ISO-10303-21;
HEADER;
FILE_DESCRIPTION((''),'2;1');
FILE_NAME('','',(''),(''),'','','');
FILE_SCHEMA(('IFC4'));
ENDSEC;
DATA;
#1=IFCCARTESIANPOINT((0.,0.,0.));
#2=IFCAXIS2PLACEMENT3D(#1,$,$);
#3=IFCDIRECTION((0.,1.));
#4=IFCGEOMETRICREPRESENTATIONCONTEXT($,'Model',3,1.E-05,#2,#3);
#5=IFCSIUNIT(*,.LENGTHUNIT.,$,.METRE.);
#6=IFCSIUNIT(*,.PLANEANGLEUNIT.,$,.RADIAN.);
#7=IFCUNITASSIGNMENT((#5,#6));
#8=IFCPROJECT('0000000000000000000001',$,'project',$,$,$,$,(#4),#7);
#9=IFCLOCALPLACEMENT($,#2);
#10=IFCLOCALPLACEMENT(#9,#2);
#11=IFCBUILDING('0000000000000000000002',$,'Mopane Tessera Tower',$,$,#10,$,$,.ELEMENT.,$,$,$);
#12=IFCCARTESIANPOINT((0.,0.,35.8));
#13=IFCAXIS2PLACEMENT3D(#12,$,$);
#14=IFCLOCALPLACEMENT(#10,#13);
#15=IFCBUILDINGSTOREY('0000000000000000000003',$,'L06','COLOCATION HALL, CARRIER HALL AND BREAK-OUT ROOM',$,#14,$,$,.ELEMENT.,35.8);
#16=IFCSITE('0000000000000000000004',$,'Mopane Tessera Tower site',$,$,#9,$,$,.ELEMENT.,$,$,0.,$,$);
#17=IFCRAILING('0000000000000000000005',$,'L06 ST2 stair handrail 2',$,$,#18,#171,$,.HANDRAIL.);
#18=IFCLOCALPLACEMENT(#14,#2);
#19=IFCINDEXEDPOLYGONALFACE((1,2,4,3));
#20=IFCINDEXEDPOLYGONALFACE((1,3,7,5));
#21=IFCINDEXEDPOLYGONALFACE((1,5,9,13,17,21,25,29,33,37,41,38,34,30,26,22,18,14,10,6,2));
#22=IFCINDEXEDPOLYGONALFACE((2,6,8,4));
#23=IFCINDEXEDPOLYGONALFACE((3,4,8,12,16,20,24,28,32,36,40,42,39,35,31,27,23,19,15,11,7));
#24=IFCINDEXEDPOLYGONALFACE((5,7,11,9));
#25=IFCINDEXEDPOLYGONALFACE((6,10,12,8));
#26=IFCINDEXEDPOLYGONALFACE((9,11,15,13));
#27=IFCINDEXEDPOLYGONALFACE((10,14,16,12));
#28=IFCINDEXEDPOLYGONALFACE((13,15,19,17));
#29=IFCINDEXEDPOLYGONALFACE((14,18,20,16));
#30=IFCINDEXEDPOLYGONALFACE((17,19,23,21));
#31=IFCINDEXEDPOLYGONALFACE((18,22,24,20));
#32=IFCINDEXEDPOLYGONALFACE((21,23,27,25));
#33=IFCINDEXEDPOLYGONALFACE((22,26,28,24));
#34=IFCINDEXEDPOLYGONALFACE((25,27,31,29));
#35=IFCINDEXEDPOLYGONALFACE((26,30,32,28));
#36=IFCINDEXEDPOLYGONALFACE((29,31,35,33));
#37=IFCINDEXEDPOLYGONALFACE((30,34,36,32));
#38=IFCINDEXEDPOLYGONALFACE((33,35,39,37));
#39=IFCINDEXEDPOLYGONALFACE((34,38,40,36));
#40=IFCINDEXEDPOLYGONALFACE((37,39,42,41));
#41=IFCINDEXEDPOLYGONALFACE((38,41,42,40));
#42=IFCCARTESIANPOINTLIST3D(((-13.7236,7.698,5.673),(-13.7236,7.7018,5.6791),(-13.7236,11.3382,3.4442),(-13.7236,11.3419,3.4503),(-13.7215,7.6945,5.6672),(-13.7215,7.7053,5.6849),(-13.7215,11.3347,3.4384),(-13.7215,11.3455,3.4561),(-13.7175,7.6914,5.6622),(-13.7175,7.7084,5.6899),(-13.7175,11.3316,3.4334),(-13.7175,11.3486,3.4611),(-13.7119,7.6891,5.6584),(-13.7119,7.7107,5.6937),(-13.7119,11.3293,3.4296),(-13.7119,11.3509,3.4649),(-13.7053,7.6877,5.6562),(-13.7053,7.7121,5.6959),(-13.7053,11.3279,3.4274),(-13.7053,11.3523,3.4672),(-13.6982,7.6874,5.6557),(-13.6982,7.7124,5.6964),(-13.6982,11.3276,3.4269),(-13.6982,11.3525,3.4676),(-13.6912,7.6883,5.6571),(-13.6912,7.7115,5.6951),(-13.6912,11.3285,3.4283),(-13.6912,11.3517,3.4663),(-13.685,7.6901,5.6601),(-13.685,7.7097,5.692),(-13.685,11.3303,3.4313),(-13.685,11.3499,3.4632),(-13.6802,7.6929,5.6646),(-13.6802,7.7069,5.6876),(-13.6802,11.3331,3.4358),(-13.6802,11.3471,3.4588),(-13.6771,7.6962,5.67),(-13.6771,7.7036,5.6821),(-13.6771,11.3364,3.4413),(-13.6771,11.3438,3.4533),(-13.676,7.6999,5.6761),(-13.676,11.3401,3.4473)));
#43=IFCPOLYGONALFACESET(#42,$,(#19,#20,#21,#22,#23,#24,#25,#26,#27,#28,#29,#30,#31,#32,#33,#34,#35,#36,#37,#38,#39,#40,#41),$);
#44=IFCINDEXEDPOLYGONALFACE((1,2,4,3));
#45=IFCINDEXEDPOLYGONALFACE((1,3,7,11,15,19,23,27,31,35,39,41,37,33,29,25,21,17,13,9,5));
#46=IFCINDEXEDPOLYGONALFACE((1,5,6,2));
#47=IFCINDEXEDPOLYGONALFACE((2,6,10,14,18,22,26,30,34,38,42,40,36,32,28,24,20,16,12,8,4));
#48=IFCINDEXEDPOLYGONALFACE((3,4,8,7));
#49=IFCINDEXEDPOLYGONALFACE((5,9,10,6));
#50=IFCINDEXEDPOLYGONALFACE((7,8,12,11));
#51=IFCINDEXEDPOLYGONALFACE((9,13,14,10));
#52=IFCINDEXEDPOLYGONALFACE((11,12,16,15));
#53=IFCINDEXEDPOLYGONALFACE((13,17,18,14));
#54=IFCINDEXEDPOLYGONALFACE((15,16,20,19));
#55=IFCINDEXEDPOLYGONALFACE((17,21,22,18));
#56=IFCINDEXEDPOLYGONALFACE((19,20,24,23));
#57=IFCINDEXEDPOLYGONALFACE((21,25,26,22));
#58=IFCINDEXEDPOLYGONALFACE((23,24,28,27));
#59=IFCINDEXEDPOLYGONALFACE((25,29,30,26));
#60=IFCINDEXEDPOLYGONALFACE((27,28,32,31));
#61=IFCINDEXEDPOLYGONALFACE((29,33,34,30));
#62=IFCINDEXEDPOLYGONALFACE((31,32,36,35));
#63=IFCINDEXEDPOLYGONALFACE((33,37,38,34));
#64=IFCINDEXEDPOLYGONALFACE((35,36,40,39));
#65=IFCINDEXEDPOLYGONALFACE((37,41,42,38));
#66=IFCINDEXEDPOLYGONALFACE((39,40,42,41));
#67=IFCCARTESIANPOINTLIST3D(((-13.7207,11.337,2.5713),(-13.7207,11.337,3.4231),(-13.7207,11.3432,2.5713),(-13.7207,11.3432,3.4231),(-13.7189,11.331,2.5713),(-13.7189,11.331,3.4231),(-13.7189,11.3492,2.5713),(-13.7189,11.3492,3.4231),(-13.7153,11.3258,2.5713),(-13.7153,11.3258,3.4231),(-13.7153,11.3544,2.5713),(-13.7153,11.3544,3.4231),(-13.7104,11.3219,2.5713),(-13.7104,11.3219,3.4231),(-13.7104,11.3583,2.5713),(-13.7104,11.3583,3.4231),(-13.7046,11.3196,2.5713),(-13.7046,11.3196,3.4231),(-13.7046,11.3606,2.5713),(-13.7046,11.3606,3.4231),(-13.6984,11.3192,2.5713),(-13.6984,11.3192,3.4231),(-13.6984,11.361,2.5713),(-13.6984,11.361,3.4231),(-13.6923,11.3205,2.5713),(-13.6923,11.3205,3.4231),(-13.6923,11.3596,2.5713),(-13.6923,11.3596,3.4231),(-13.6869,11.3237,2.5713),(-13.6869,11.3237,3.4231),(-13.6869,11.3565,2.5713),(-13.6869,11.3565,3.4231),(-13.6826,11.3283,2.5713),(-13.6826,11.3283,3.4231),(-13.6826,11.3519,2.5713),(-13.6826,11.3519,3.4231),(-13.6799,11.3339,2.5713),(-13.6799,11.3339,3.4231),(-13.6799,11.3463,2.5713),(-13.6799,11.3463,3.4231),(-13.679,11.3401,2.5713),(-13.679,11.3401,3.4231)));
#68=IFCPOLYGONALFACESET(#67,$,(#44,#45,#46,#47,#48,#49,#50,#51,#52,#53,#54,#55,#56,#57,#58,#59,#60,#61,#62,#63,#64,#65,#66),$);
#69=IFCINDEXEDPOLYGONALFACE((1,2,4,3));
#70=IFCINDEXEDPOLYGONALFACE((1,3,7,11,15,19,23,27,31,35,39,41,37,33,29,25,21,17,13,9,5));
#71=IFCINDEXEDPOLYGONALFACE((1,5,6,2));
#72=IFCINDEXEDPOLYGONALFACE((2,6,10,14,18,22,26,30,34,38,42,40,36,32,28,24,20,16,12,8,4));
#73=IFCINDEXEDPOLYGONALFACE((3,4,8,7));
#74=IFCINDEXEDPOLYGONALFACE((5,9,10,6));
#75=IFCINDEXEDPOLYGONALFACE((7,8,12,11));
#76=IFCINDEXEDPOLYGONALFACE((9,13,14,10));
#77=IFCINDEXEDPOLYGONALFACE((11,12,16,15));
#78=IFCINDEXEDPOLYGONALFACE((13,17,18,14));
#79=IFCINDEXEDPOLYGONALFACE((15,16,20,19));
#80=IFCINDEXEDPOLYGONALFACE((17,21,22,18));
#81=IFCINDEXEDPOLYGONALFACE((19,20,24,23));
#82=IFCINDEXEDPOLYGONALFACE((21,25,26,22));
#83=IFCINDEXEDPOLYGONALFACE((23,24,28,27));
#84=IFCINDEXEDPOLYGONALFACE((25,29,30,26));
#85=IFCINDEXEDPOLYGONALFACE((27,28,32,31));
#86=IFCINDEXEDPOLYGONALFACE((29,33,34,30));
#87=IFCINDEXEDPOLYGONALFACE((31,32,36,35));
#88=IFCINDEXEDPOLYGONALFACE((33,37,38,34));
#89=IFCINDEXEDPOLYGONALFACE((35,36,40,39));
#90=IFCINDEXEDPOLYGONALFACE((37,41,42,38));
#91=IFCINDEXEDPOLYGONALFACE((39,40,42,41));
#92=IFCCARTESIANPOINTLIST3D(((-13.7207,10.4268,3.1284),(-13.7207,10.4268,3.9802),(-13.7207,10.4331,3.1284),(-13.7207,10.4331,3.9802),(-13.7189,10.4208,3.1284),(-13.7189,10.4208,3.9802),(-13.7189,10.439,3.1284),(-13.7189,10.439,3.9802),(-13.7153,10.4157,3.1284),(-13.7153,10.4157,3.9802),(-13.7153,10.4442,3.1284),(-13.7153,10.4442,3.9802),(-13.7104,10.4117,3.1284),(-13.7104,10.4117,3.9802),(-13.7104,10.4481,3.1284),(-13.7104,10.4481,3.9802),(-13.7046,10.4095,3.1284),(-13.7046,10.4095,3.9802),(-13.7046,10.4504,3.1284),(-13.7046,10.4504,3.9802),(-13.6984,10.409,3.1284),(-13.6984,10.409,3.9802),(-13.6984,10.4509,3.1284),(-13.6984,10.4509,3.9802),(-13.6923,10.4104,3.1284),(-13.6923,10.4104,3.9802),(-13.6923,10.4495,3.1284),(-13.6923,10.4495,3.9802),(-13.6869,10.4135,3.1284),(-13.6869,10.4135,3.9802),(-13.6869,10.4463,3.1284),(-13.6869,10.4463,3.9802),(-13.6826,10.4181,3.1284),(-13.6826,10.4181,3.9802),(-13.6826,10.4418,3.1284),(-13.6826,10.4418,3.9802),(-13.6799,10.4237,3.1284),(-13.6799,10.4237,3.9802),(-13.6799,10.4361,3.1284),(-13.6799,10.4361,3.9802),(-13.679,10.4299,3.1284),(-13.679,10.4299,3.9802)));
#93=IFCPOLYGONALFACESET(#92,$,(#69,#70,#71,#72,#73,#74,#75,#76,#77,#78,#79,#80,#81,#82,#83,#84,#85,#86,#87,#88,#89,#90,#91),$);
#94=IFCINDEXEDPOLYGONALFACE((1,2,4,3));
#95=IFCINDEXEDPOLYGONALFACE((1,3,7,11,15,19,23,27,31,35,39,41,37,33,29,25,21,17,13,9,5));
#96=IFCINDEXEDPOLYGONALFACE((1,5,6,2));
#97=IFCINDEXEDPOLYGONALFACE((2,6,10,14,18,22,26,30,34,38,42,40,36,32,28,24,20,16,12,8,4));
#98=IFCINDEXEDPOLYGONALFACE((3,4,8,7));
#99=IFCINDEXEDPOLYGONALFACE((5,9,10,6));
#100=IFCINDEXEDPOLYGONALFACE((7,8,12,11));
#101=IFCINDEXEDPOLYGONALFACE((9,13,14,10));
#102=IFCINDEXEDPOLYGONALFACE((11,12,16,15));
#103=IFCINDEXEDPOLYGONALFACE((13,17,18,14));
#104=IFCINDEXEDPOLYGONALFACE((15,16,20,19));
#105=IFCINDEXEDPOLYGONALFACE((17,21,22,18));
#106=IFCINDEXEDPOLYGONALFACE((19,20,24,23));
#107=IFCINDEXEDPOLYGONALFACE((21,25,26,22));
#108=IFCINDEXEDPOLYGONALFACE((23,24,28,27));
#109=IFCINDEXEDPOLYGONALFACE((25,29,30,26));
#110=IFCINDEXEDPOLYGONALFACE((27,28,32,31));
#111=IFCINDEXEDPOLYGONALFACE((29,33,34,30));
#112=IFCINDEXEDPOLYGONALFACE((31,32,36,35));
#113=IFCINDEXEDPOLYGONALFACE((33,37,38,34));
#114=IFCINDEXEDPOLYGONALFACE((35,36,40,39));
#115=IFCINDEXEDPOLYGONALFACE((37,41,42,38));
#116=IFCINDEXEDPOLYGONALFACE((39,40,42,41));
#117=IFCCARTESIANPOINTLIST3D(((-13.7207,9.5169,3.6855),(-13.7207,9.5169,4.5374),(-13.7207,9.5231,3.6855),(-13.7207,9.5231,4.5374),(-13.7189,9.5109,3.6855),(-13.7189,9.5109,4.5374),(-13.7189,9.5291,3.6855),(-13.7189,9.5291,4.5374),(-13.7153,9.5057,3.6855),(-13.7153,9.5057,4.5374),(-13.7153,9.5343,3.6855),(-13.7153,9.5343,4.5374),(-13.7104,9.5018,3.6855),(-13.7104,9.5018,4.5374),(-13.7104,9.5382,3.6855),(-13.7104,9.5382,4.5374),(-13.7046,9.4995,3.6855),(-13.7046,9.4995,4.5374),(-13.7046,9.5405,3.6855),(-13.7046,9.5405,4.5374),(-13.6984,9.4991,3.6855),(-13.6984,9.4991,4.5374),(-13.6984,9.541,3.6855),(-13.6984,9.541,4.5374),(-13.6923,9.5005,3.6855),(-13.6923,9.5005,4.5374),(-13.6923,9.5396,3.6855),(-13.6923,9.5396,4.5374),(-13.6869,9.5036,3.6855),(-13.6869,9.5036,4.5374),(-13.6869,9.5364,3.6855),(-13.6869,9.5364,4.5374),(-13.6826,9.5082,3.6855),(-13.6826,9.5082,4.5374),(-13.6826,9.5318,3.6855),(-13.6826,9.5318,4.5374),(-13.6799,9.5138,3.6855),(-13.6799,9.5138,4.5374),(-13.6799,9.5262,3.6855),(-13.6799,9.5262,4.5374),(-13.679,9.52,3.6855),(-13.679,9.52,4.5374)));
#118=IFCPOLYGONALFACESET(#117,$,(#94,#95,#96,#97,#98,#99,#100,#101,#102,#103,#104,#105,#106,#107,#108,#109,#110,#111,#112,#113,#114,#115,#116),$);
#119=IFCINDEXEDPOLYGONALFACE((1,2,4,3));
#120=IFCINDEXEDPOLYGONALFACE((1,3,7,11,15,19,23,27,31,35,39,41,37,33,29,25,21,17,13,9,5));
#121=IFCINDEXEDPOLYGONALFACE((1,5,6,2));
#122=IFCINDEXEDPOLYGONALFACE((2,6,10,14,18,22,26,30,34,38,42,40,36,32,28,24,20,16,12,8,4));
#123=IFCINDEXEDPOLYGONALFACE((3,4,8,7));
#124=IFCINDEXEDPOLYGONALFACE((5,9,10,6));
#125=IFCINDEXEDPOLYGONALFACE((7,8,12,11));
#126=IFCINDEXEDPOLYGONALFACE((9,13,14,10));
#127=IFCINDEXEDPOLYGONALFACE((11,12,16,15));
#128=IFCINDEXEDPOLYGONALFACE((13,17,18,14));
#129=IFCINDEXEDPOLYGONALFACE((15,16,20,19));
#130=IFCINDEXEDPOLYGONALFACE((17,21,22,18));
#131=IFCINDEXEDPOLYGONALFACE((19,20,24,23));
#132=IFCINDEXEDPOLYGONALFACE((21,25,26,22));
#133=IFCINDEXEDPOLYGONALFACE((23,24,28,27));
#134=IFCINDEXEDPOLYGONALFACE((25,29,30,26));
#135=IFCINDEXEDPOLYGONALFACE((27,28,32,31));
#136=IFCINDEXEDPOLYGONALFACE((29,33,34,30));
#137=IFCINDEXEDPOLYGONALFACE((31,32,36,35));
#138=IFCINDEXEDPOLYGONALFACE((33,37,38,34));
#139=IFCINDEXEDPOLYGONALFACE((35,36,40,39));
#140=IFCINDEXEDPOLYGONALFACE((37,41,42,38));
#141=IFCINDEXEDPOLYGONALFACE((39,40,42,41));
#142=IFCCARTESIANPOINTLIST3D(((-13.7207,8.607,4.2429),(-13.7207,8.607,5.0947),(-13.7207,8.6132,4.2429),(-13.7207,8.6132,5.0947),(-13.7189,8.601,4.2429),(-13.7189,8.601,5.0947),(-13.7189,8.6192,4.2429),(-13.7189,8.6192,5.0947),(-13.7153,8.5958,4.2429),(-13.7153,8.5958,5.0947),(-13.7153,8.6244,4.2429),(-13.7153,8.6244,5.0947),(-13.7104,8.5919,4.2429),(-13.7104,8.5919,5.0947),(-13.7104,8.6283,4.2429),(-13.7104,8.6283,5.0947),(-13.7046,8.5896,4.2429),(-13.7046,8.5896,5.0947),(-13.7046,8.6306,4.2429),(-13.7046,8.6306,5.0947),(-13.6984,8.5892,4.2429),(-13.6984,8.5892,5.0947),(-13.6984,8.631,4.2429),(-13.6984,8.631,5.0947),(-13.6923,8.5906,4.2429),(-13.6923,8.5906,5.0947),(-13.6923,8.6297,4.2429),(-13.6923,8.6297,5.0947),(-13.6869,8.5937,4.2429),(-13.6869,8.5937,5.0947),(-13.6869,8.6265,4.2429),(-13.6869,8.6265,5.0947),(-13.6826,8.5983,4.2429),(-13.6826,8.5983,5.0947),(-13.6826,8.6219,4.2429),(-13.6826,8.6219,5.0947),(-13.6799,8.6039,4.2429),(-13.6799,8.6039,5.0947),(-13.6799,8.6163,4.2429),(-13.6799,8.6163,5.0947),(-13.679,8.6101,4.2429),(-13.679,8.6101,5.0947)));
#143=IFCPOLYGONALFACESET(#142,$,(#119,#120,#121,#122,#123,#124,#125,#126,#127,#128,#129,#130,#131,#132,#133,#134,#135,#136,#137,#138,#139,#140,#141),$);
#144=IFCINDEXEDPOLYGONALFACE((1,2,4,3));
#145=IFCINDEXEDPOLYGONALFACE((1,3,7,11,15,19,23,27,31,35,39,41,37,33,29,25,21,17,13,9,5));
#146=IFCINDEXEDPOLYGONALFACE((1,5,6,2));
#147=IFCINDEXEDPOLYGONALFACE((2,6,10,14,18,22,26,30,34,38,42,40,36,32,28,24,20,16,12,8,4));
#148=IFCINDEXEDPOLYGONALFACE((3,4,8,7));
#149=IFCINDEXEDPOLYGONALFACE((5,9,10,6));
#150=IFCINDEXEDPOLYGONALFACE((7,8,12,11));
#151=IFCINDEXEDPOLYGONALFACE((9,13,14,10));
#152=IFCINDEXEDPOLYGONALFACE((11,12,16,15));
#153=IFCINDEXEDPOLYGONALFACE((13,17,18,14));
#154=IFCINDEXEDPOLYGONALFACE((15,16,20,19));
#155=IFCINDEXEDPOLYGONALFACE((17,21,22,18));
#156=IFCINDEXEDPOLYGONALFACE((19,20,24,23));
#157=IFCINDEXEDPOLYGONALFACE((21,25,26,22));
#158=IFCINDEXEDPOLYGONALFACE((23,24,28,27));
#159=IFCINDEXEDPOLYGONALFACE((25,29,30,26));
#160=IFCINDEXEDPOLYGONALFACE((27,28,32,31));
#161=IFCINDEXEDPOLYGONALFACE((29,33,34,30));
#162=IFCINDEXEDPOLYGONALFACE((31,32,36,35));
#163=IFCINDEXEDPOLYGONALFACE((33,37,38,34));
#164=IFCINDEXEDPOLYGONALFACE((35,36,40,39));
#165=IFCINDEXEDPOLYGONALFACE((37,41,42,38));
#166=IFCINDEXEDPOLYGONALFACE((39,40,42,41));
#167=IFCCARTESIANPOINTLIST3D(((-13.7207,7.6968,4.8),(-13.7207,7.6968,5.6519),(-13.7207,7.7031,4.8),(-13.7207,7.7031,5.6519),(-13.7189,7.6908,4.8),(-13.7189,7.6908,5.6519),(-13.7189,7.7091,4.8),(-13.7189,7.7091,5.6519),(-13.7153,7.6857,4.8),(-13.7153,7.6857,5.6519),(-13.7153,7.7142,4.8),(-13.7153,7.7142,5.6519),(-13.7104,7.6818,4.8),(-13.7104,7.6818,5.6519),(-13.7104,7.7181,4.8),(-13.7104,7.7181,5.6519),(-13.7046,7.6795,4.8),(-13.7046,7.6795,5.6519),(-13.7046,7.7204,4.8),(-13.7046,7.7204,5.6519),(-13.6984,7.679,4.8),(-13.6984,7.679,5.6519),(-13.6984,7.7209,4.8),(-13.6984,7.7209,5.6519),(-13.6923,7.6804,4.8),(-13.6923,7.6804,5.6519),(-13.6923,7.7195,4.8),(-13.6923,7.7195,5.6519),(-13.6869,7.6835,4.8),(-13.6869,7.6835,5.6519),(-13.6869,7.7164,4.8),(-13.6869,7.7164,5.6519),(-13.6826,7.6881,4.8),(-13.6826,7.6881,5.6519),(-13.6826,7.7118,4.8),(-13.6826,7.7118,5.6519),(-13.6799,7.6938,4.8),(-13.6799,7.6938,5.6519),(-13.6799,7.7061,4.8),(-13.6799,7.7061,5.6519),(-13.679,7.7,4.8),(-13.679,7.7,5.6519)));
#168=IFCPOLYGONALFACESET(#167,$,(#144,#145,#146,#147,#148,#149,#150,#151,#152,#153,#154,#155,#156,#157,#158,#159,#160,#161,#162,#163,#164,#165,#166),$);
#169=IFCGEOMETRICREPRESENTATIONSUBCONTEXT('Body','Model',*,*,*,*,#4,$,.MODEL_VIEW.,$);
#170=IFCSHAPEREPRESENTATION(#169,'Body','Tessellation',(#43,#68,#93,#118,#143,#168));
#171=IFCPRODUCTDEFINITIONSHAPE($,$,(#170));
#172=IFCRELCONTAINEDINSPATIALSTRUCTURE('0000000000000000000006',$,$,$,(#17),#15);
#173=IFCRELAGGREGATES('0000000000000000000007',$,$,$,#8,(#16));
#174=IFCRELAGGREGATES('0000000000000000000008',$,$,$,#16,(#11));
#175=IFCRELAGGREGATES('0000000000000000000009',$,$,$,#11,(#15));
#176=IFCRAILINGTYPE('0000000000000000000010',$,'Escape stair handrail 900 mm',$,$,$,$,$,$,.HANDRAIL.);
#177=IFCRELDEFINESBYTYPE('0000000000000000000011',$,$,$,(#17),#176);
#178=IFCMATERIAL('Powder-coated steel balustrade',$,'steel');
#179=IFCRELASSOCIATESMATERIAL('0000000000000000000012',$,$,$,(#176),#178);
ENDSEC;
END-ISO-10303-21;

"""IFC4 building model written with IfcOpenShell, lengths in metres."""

from ifc_helpers import new_model, si_unit, direction, frame, origin, origin_2d, place, context, subcontext, project, spatial, circle, extrude, material, type_object, element, save


model = new_model("IFC4")

# Units and contexts
model_context = context("Model", 3, precision=1e-05, world=origin(), true_north=direction((0.0, 1.0)))
body_context = subcontext(model_context, "Body", "Model", "MODEL_VIEW")
ifc_project = project(units=[si_unit("LENGTHUNIT", "METRE"), si_unit("PLANEANGLEUNIT", "RADIAN")], contexts=[model_context])

# Site, building, storey
site_placement = place(None, origin())
site = spatial("IfcSite", under=ifc_project, at=site_placement, Name="Mopane Tessera Tower site", CompositionType="ELEMENT", RefElevation=0.0)
building_placement = place(site_placement, origin())
building = spatial("IfcBuilding", under=site, at=building_placement, Name="Mopane Tessera Tower", CompositionType="ELEMENT")
storey_placement = place(building_placement, frame((0.0, 0.0, 35.8)))
storey = spatial("IfcBuildingStorey", under=building, at=storey_placement, Name="L06", Description="COLOCATION HALL, CARRIER HALL AND BREAK-OUT ROOM", CompositionType="ELEMENT", Elevation=35.8)

# Railing
ifc_material_1 = material(Name="Powder-coated steel balustrade", Category="steel")
railing_type_1 = type_object("IfcRailingType", Name="Escape stair handrail 900 mm", PredefinedType="HANDRAIL", material=ifc_material_1)
railing_1_placement = place(storey_placement, frame((-13.7, 11.3401, 2.5713)))
element("IfcRailing", 1, at=railing_1_placement, inside=storey, type_object=railing_type_1, Name="L06 ST2 stair handrail 2", PredefinedType="HANDRAIL", context=body_context, shape_type="SweptSolid", body=[
    extrude(circle(Radius=0.0239, at=origin_2d()), frame((0.0, 0.0, 0.876), z_axis=(0.0, -0.85284, 0.522172), x_axis=(1.0, 0.0, 0.0)), (0.0, 0.0, 1.0), 4.2683),
    extrude(circle(Radius=0.021, at=origin_2d()), origin(), (0.0, 0.0, 1.0), 0.8518),
    extrude(circle(Radius=0.021, at=origin_2d()), frame((0.0, -0.9102, 0.5571)), (0.0, 0.0, 1.0), 0.8518),
    extrude(circle(Radius=0.021, at=origin_2d()), frame((0.0, -1.8201, 1.1143)), (0.0, 0.0, 1.0), 0.8518),
    extrude(circle(Radius=0.021, at=origin_2d()), frame((0.0, -2.73, 1.6716)), (0.0, 0.0, 1.0), 0.8518),
    extrude(circle(Radius=0.021, at=origin_2d()), frame((0.0, -3.6401, 2.2288)), (0.0, 0.0, 1.0), 0.8518),
])

save(model, "model.ifc")
